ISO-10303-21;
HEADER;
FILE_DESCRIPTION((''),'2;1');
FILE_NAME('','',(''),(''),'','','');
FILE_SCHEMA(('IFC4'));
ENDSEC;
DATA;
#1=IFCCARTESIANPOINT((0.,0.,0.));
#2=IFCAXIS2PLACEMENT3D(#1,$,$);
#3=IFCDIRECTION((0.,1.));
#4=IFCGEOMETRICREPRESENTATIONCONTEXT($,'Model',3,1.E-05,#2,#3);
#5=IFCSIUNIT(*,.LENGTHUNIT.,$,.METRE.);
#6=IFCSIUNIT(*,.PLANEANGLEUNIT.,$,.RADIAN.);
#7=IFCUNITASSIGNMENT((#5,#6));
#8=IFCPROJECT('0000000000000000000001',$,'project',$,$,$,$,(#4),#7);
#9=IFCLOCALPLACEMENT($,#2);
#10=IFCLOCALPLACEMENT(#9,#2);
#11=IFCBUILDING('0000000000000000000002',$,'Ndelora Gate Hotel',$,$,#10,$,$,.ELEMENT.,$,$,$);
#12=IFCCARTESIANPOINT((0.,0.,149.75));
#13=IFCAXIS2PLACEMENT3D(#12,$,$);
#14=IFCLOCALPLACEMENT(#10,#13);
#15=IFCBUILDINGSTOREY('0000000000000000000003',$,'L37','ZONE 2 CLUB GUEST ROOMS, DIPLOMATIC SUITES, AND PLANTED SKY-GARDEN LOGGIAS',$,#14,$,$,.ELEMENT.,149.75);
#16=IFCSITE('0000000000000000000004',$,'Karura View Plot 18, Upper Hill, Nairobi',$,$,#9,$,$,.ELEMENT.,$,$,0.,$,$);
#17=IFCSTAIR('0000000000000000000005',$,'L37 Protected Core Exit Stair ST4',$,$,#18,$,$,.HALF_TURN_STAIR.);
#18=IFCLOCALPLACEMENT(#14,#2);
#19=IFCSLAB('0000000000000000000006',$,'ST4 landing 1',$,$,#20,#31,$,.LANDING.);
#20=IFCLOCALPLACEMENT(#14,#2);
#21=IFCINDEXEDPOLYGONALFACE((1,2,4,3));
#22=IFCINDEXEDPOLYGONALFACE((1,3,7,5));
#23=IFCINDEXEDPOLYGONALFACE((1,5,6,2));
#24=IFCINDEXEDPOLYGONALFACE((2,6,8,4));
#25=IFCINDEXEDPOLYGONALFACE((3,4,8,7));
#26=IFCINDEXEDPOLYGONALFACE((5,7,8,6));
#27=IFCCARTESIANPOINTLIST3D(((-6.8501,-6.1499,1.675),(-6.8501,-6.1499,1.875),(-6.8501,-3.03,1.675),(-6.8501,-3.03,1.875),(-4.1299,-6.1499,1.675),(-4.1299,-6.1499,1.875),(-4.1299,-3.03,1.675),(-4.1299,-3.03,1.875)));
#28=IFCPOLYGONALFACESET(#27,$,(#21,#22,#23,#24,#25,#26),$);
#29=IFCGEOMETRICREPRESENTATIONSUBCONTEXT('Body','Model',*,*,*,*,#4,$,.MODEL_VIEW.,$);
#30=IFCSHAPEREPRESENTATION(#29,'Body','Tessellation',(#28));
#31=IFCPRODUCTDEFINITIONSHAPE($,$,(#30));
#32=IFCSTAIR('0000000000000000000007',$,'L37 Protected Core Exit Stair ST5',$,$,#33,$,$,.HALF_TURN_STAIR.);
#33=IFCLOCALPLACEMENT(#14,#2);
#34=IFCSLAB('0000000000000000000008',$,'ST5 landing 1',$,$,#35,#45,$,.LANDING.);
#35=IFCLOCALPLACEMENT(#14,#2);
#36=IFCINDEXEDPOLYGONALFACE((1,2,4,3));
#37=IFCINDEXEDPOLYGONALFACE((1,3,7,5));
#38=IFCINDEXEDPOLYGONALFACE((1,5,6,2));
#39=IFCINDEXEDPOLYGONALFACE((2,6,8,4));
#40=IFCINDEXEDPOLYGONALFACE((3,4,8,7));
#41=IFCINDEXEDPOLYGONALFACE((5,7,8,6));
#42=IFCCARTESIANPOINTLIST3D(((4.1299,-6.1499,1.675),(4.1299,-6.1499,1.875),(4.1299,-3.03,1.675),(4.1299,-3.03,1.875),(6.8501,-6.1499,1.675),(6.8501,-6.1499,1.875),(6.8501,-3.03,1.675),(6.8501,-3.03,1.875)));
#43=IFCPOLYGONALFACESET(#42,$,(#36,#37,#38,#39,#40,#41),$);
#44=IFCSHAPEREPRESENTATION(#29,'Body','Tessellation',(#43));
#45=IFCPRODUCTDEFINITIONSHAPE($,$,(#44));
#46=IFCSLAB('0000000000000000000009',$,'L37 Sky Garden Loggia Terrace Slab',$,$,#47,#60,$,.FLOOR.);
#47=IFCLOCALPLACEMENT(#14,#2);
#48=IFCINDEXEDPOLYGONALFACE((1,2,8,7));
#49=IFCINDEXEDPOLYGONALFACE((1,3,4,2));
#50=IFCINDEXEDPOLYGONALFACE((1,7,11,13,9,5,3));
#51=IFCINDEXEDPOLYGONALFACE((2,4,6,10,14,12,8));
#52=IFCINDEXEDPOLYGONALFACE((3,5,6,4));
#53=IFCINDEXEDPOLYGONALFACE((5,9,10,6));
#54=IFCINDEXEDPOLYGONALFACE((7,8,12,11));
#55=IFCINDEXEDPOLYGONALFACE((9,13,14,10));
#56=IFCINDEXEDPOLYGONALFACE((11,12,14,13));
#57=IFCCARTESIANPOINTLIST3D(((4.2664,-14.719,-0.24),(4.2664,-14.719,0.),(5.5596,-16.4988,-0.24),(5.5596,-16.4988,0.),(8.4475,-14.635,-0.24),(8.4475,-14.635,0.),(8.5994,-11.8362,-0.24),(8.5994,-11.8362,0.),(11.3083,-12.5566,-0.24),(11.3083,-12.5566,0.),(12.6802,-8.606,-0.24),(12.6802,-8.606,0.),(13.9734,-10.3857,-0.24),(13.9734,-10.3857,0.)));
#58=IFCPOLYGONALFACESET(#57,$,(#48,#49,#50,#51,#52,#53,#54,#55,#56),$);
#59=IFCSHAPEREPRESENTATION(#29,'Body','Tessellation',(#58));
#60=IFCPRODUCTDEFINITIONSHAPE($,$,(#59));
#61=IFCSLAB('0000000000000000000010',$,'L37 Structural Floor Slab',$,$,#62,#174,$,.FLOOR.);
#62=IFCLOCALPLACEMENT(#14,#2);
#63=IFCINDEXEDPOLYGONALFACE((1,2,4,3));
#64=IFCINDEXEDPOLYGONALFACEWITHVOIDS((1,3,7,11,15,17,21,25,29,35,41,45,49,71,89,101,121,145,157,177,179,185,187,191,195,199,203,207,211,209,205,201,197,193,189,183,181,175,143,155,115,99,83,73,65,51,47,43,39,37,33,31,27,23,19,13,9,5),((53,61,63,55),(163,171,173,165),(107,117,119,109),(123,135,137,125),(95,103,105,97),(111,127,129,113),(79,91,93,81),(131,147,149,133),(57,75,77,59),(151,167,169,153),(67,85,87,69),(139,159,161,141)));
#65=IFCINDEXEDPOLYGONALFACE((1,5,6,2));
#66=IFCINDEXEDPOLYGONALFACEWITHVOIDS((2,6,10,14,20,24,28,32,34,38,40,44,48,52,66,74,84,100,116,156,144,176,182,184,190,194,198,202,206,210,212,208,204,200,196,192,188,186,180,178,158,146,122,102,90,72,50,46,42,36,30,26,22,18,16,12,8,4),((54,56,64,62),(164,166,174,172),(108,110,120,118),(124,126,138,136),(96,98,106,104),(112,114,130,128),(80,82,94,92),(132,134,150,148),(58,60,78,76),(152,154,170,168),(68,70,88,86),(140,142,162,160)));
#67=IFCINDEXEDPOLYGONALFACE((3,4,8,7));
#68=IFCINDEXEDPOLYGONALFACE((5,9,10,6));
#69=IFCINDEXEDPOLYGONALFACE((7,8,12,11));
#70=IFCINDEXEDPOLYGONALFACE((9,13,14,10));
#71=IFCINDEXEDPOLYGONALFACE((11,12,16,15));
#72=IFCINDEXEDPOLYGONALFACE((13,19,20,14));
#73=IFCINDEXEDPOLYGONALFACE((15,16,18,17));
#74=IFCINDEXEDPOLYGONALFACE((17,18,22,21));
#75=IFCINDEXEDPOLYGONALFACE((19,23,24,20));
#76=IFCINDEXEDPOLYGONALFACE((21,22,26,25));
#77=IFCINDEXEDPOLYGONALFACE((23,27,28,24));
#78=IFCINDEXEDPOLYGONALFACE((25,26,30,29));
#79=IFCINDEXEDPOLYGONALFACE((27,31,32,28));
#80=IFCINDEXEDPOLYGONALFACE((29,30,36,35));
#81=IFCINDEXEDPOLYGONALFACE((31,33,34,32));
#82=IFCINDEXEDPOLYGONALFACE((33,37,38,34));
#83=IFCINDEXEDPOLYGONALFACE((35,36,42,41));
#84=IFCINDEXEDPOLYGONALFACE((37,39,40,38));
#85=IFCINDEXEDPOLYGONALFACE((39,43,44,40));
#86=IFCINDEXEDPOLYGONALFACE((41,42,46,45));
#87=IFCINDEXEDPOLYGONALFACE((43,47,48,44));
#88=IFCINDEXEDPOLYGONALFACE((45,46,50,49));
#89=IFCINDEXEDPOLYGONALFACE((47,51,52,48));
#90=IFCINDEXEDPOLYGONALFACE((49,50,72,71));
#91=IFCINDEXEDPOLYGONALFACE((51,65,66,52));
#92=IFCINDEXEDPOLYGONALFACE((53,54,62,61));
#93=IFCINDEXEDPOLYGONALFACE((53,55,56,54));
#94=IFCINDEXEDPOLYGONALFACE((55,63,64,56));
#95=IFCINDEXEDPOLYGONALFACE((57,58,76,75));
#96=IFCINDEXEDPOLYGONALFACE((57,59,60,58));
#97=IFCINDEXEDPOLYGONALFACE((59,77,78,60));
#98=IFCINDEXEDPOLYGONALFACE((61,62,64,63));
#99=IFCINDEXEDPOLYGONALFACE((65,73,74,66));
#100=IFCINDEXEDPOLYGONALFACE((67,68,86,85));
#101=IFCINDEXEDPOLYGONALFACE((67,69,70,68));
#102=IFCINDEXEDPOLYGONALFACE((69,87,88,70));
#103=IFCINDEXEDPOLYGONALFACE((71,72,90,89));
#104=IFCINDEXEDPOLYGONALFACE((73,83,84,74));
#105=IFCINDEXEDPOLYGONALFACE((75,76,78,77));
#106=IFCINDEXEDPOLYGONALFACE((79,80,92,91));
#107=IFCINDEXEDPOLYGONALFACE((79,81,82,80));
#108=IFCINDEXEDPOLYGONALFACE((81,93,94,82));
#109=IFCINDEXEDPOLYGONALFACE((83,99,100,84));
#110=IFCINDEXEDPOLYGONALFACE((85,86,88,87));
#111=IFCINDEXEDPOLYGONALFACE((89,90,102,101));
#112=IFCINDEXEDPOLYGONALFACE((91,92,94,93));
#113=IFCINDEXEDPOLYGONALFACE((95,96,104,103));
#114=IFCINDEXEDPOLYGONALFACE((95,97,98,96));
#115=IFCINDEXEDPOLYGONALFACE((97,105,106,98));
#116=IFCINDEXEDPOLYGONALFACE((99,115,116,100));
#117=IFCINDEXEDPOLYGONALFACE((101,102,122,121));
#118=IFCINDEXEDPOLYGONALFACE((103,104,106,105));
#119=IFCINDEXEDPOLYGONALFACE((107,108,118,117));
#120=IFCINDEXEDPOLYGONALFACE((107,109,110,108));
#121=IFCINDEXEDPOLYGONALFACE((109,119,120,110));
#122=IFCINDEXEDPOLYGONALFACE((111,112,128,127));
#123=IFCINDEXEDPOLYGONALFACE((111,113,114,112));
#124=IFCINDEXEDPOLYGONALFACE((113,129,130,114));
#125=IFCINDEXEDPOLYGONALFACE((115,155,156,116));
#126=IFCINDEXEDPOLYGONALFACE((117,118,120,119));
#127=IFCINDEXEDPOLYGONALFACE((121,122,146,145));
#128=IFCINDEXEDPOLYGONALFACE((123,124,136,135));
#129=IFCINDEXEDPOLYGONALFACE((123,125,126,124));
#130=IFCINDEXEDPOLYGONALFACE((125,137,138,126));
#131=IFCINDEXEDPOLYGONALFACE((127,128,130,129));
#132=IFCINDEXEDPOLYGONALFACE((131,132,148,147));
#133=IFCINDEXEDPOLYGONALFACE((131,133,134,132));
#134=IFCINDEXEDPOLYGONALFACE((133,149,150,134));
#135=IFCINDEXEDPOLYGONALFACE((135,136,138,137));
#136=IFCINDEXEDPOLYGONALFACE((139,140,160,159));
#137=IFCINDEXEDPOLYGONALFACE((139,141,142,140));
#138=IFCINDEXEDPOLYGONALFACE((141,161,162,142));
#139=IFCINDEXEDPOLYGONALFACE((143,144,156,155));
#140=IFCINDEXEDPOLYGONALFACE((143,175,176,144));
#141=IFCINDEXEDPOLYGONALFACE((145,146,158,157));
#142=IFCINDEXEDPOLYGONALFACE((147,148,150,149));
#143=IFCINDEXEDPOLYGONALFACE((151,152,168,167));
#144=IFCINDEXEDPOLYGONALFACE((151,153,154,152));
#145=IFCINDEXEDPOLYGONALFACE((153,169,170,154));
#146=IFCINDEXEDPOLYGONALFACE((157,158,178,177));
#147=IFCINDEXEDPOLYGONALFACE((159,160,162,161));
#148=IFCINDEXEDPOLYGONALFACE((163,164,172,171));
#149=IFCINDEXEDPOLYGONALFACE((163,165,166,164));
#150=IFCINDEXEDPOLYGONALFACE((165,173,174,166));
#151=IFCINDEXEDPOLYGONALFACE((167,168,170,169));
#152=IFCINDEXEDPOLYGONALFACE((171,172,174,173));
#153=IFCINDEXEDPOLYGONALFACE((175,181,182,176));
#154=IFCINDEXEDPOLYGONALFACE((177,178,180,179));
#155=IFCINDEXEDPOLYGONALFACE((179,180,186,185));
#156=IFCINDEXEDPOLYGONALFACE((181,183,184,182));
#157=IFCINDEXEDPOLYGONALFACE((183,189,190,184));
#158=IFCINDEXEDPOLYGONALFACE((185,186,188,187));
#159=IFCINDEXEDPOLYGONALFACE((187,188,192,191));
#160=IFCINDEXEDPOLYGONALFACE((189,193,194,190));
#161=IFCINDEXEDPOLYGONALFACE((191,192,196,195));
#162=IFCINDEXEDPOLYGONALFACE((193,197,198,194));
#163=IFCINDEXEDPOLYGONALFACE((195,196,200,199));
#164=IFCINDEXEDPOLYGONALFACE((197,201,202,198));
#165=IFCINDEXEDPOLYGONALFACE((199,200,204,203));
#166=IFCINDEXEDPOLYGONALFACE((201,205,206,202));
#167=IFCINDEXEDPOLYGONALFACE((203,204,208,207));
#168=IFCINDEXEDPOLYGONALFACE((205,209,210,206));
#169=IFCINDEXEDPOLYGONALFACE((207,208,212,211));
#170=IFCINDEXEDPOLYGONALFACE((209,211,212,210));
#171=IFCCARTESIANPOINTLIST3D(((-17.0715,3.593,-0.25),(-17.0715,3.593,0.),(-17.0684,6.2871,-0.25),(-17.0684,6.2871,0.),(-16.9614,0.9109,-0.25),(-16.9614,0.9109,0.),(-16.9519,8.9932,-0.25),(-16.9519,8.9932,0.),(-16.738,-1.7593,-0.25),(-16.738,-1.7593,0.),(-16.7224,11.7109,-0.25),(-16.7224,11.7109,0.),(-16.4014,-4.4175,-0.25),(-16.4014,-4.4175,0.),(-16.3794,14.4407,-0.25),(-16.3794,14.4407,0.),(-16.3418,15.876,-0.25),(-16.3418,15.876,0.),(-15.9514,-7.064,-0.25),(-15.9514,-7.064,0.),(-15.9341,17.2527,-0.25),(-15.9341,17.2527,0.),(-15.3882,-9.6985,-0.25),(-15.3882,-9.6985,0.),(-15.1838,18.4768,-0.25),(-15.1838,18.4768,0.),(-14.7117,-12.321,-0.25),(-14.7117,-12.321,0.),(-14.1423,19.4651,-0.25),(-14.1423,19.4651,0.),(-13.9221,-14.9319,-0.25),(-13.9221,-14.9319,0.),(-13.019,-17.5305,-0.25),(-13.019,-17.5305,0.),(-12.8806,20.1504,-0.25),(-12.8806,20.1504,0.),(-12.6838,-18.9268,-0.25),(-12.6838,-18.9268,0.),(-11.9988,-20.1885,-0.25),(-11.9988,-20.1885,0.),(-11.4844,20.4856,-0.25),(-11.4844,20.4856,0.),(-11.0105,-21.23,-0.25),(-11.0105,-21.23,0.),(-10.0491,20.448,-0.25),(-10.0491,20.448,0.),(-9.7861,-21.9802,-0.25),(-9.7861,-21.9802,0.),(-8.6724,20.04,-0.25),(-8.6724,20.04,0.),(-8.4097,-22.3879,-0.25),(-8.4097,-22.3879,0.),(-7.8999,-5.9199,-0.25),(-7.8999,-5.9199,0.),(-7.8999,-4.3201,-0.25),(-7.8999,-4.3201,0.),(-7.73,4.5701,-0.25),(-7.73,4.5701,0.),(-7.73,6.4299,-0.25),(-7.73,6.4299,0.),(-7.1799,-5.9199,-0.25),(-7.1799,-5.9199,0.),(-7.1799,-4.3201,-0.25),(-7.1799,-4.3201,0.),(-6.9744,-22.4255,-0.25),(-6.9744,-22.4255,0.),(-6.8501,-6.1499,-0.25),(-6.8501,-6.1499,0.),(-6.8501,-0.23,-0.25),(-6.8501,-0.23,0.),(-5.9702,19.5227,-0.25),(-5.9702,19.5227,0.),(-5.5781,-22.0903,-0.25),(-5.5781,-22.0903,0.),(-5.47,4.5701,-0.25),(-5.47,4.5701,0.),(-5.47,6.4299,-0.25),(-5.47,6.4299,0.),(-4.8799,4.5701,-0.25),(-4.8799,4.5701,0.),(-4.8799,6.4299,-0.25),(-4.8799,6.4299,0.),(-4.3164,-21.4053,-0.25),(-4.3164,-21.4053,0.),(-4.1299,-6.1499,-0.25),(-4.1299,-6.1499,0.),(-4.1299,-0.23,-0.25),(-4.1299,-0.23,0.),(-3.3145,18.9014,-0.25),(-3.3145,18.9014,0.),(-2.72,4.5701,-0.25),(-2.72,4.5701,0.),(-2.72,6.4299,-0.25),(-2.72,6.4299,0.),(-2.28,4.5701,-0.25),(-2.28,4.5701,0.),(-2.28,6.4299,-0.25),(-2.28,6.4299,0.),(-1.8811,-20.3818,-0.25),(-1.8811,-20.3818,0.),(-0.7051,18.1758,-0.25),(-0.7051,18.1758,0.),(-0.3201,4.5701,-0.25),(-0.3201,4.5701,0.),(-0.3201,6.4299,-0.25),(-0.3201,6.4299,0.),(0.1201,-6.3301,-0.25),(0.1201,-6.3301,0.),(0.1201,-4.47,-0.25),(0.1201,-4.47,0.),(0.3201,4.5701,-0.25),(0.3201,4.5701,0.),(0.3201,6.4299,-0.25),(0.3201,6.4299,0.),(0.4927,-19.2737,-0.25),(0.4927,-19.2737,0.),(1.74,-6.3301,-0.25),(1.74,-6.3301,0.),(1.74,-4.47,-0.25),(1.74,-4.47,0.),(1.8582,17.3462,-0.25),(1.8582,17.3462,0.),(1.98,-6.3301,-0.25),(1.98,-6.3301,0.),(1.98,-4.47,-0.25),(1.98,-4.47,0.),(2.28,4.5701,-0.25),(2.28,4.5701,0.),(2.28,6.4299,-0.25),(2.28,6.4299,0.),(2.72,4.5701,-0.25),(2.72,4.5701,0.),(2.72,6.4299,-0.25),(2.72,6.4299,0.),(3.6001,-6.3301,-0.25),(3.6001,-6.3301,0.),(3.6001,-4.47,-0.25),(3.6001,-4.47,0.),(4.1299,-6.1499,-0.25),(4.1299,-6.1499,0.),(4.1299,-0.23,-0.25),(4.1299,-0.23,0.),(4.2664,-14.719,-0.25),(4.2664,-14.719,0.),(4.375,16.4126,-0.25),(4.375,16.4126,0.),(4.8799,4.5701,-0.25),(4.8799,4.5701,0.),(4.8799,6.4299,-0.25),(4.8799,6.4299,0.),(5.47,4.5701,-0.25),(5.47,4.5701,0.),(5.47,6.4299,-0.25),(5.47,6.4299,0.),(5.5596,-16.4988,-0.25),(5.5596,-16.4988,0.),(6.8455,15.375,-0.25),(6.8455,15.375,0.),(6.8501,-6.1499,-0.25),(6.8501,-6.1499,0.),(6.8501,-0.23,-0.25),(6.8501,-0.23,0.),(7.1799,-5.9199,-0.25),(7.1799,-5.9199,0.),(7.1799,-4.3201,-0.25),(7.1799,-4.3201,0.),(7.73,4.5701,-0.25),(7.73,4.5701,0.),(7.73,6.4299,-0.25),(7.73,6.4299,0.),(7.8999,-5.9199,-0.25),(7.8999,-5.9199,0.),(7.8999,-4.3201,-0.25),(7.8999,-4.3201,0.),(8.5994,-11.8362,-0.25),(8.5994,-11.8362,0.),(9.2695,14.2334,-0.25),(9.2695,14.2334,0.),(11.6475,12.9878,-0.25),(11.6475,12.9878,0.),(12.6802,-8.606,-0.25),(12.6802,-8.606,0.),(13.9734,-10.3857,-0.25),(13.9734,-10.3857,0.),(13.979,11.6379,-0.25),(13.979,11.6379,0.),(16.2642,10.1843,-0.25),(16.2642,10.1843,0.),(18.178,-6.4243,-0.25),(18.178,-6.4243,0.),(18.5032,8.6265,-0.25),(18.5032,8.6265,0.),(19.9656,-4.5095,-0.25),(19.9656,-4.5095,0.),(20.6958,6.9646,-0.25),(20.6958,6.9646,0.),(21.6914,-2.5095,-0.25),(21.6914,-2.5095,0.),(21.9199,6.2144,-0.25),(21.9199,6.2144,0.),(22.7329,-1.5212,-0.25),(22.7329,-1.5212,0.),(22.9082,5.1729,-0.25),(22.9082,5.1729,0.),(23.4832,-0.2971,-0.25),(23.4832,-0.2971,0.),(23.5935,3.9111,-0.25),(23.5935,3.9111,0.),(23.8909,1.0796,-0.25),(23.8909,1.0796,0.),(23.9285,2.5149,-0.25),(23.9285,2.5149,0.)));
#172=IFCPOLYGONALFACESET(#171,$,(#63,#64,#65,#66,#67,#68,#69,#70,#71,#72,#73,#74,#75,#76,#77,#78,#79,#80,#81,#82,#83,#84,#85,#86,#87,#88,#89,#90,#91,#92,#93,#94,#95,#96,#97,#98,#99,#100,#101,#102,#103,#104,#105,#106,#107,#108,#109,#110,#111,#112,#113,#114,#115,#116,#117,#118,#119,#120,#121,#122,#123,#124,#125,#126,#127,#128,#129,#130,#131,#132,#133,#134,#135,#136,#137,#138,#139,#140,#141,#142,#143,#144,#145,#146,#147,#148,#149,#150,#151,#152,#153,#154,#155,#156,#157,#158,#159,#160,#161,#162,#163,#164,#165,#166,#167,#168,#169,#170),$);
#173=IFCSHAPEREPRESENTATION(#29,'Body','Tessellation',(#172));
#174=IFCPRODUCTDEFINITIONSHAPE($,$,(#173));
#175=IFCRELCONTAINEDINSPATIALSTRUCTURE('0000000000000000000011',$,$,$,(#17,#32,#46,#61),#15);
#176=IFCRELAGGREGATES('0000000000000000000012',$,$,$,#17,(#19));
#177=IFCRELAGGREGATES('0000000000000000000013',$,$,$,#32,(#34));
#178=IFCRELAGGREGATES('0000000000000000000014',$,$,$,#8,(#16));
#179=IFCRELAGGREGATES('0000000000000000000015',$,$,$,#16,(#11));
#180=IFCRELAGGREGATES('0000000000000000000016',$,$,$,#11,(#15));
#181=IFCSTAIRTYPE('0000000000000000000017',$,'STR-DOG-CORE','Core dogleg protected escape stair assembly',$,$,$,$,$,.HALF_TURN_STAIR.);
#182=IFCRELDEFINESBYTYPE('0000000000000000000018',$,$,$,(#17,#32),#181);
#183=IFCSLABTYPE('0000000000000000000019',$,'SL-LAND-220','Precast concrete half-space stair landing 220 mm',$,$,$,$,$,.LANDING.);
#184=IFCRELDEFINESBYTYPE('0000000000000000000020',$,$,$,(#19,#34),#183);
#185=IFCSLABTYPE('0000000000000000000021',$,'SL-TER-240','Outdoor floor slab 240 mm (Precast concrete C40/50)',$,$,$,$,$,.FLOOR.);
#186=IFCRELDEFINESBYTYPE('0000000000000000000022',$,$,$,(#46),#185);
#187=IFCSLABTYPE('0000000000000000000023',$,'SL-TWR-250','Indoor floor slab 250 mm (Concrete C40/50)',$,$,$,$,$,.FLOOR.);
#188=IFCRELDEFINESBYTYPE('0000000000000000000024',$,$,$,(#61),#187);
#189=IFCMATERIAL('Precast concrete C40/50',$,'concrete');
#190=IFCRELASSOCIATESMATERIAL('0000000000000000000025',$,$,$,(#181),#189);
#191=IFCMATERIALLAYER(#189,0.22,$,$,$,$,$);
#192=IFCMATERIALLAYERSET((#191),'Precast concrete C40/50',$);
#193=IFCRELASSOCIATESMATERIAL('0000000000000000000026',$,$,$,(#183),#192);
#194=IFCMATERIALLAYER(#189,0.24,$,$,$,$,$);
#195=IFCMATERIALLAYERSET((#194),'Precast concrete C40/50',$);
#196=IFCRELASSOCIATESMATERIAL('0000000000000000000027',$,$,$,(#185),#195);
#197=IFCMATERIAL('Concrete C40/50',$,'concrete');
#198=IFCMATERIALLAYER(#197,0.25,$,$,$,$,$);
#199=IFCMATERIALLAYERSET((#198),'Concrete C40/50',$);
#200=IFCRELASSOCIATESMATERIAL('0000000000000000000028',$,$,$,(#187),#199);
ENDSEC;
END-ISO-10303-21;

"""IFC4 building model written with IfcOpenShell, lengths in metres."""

from ifc_helpers import new_model, si_unit, direction, frame, origin, place, context, subcontext, project, spatial, polyline, outline, extrude, material, layer, layer_set, type_object, element, aggregate, save


model = new_model("IFC4")

# Units and contexts
model_context = context("Model", 3, precision=1e-05, world=origin(), true_north=direction((0.0, 1.0)))
body_context = subcontext(model_context, "Body", "Model", "MODEL_VIEW")
ifc_project = project(units=[si_unit("LENGTHUNIT", "METRE"), si_unit("PLANEANGLEUNIT", "RADIAN")], contexts=[model_context])

# Site, building, storey
site_placement = place(None, origin())
site = spatial("IfcSite", under=ifc_project, at=site_placement, Name="Karura View Plot 18, Upper Hill, Nairobi", CompositionType="ELEMENT", RefElevation=0.0)
building_placement = place(site_placement, origin())
building = spatial("IfcBuilding", under=site, at=building_placement, Name="Ndelora Gate Hotel", CompositionType="ELEMENT")
storey_placement = place(building_placement, frame((0.0, 0.0, 149.75)))
storey = spatial("IfcBuildingStorey", under=building, at=storey_placement, Name="L37", Description="ZONE 2 CLUB GUEST ROOMS, DIPLOMATIC SUITES, AND PLANTED SKY-GARDEN LOGGIAS", CompositionType="ELEMENT", Elevation=149.75)

# Stairs, slabs
ifc_material_1 = material(Name="Precast concrete C40/50", Category="concrete")
stair_type = type_object("IfcStairType", Name="STR-DOG-CORE", Description="Core dogleg protected escape stair assembly", PredefinedType="HALF_TURN_STAIR", material=ifc_material_1)
stair_1_placement = place(storey_placement, origin())
stair_1 = element("IfcStair", 1, at=stair_1_placement, inside=storey, type_object=stair_type, Name="L37 Protected Core Exit Stair ST4", PredefinedType="HALF_TURN_STAIR")
ifc_layer_1 = layer(ifc_material_1, 0.22)
ifc_layer_set_1 = layer_set([ifc_layer_1], Name="Precast concrete C40/50")
slab_type_1 = type_object("IfcSlabType", Name="SL-LAND-220", Description="Precast concrete half-space stair landing 220 mm", PredefinedType="LANDING", material=ifc_layer_set_1)
slab_1_placement = place(storey_placement, frame((0.0, 0.0, 1.675)))
slab_1 = element("IfcSlab", 2, at=slab_1_placement, type_object=slab_type_1, Name="ST4 landing 1", PredefinedType="LANDING", context=body_context, shape_type="SweptSolid", body=[
    extrude(outline(polyline([(-6.8501, -3.03), (-6.8501, -6.1499), (-4.1299, -6.1499), (-4.1299, -3.03), (-6.8501, -3.03)])), origin(), (0.0, 0.0, 1.0), 0.2),
])
aggregate(stair_1, [slab_1])
stair_2_placement = place(storey_placement, origin())
stair_2 = element("IfcStair", 3, at=stair_2_placement, inside=storey, type_object=stair_type, Name="L37 Protected Core Exit Stair ST5", PredefinedType="HALF_TURN_STAIR")
slab_2_placement = place(storey_placement, frame((0.0, 0.0, 1.675)))
slab_2 = element("IfcSlab", 4, at=slab_2_placement, type_object=slab_type_1, Name="ST5 landing 1", PredefinedType="LANDING", context=body_context, shape_type="SweptSolid", body=[
    extrude(outline(polyline([(4.1299, -3.03), (4.1299, -6.1499), (6.8501, -6.1499), (6.8501, -3.03), (4.1299, -3.03)])), origin(), (0.0, 0.0, 1.0), 0.2),
])

# Slabs
ifc_layer_2 = layer(ifc_material_1, 0.24)
ifc_layer_set_2 = layer_set([ifc_layer_2], Name="Precast concrete C40/50")
slab_type_2 = type_object("IfcSlabType", Name="SL-TER-240", Description="Outdoor floor slab 240 mm (Precast concrete C40/50)", PredefinedType="FLOOR", material=ifc_layer_set_2)
slab_3_placement = place(storey_placement, frame((0.0, 0.0, -0.24)))
element("IfcSlab", 5, at=slab_3_placement, inside=storey, type_object=slab_type_2, Name="L37 Sky Garden Loggia Terrace Slab", PredefinedType="FLOOR", context=body_context, shape_type="SweptSolid", body=[
    extrude(outline(polyline([(4.2664, -14.719), (5.5596, -16.4988), (8.4475, -14.635), (11.3083, -12.5566), (13.9734, -10.3857), (12.6802, -8.606), (8.5994, -11.8362), (4.2664, -14.719)])), origin(), (0.0, 0.0, 1.0), 0.24),
])
ifc_material_2 = material(Name="Concrete C40/50", Category="concrete")
ifc_layer_3 = layer(ifc_material_2, 0.25)
ifc_layer_set_3 = layer_set([ifc_layer_3], Name="Concrete C40/50")
slab_type_3 = type_object("IfcSlabType", Name="SL-TWR-250", Description="Indoor floor slab 250 mm (Concrete C40/50)", PredefinedType="FLOOR", material=ifc_layer_set_3)
slab_4_placement = place(storey_placement, frame((0.0, 0.0, -0.25)))
element("IfcSlab", 6, at=slab_4_placement, inside=storey, type_object=slab_type_3, Name="L37 Structural Floor Slab", PredefinedType="FLOOR", context=body_context, shape_type="SweptSolid", body=[
    extrude(outline(polyline([(-8.6724, 20.04), (-10.0491, 20.448), (-11.4844, 20.4856), (-12.8806, 20.1504), (-14.1423, 19.4651), (-15.1838, 18.4768), (-15.9341, 17.2527), (-16.3418, 15.876), (-16.3794, 14.4407), (-16.7224, 11.7109), (-16.9519, 8.9932), (-17.0684, 6.2871), (-17.0715, 3.593), (-16.9614, 0.9109), (-16.738, -1.7593), (-16.4014, -4.4175), (-15.9514, -7.064), (-15.3882, -9.6985), (-14.7117, -12.321), (-13.9221, -14.9319), (-13.019, -17.5305), (-12.6838, -18.9268), (-11.9988, -20.1885), (-11.0105, -21.23), (-9.7861, -21.9802), (-8.4097, -22.3879), (-6.9744, -22.4255), (-5.5781, -22.0903), (-4.3164, -21.4053), (-1.8811, -20.3818), (0.4927, -19.2737), (5.5596, -16.4988), (4.2664, -14.719), (8.5994, -11.8362), (12.6802, -8.606), (13.9734, -10.3857), (18.178, -6.4243), (19.9656, -4.5095), (21.6914, -2.5095), (22.7329, -1.5212), (23.4832, -0.2971), (23.8909, 1.0796), (23.9285, 2.5149), (23.5935, 3.9111), (22.9082, 5.1729), (21.9199, 6.2144), (20.6958, 6.9646), (18.5032, 8.6265), (16.2642, 10.1843), (13.979, 11.6379), (11.6475, 12.9878), (9.2695, 14.2334), (6.8455, 15.375), (4.375, 16.4126), (1.8582, 17.3462), (-0.7051, 18.1758), (-3.3145, 18.9014), (-5.9702, 19.5227), (-8.6724, 20.04)]), holes=[polyline([(-6.8501, -0.23), (-6.8501, -6.1499), (-4.1299, -6.1499), (-4.1299, -0.23), (-6.8501, -0.23)]), polyline([(4.1299, -0.23), (4.1299, -6.1499), (6.8501, -6.1499), (6.8501, -0.23), (4.1299, -0.23)]), polyline([(-7.73, 4.5701), (-5.47, 4.5701), (-5.47, 6.4299), (-7.73, 6.4299), (-7.73, 4.5701)]), polyline([(5.47, 4.5701), (7.73, 4.5701), (7.73, 6.4299), (5.47, 6.4299), (5.47, 4.5701)]), polyline([(-4.8799, 4.5701), (-2.72, 4.5701), (-2.72, 6.4299), (-4.8799, 6.4299), (-4.8799, 4.5701)]), polyline([(2.72, 4.5701), (4.8799, 4.5701), (4.8799, 6.4299), (2.72, 6.4299), (2.72, 4.5701)]), polyline([(0.1201, -6.3301), (1.74, -6.3301), (1.74, -4.47), (0.1201, -4.47), (0.1201, -6.3301)]), polyline([(1.98, -6.3301), (3.6001, -6.3301), (3.6001, -4.47), (1.98, -4.47), (1.98, -6.3301)]), polyline([(-2.28, 4.5701), (-0.3201, 4.5701), (-0.3201, 6.4299), (-2.28, 6.4299), (-2.28, 4.5701)]), polyline([(0.3201, 4.5701), (2.28, 4.5701), (2.28, 6.4299), (0.3201, 6.4299), (0.3201, 4.5701)]), polyline([(-7.8999, -5.9199), (-7.1799, -5.9199), (-7.1799, -4.3201), (-7.8999, -4.3201), (-7.8999, -5.9199)]), polyline([(7.1799, -5.9199), (7.8999, -5.9199), (7.8999, -4.3201), (7.1799, -4.3201), (7.1799, -5.9199)])]), origin(), (0.0, 0.0, 1.0), 0.25),
])

aggregate(stair_2, [slab_2])

save(model, "model.ifc")
